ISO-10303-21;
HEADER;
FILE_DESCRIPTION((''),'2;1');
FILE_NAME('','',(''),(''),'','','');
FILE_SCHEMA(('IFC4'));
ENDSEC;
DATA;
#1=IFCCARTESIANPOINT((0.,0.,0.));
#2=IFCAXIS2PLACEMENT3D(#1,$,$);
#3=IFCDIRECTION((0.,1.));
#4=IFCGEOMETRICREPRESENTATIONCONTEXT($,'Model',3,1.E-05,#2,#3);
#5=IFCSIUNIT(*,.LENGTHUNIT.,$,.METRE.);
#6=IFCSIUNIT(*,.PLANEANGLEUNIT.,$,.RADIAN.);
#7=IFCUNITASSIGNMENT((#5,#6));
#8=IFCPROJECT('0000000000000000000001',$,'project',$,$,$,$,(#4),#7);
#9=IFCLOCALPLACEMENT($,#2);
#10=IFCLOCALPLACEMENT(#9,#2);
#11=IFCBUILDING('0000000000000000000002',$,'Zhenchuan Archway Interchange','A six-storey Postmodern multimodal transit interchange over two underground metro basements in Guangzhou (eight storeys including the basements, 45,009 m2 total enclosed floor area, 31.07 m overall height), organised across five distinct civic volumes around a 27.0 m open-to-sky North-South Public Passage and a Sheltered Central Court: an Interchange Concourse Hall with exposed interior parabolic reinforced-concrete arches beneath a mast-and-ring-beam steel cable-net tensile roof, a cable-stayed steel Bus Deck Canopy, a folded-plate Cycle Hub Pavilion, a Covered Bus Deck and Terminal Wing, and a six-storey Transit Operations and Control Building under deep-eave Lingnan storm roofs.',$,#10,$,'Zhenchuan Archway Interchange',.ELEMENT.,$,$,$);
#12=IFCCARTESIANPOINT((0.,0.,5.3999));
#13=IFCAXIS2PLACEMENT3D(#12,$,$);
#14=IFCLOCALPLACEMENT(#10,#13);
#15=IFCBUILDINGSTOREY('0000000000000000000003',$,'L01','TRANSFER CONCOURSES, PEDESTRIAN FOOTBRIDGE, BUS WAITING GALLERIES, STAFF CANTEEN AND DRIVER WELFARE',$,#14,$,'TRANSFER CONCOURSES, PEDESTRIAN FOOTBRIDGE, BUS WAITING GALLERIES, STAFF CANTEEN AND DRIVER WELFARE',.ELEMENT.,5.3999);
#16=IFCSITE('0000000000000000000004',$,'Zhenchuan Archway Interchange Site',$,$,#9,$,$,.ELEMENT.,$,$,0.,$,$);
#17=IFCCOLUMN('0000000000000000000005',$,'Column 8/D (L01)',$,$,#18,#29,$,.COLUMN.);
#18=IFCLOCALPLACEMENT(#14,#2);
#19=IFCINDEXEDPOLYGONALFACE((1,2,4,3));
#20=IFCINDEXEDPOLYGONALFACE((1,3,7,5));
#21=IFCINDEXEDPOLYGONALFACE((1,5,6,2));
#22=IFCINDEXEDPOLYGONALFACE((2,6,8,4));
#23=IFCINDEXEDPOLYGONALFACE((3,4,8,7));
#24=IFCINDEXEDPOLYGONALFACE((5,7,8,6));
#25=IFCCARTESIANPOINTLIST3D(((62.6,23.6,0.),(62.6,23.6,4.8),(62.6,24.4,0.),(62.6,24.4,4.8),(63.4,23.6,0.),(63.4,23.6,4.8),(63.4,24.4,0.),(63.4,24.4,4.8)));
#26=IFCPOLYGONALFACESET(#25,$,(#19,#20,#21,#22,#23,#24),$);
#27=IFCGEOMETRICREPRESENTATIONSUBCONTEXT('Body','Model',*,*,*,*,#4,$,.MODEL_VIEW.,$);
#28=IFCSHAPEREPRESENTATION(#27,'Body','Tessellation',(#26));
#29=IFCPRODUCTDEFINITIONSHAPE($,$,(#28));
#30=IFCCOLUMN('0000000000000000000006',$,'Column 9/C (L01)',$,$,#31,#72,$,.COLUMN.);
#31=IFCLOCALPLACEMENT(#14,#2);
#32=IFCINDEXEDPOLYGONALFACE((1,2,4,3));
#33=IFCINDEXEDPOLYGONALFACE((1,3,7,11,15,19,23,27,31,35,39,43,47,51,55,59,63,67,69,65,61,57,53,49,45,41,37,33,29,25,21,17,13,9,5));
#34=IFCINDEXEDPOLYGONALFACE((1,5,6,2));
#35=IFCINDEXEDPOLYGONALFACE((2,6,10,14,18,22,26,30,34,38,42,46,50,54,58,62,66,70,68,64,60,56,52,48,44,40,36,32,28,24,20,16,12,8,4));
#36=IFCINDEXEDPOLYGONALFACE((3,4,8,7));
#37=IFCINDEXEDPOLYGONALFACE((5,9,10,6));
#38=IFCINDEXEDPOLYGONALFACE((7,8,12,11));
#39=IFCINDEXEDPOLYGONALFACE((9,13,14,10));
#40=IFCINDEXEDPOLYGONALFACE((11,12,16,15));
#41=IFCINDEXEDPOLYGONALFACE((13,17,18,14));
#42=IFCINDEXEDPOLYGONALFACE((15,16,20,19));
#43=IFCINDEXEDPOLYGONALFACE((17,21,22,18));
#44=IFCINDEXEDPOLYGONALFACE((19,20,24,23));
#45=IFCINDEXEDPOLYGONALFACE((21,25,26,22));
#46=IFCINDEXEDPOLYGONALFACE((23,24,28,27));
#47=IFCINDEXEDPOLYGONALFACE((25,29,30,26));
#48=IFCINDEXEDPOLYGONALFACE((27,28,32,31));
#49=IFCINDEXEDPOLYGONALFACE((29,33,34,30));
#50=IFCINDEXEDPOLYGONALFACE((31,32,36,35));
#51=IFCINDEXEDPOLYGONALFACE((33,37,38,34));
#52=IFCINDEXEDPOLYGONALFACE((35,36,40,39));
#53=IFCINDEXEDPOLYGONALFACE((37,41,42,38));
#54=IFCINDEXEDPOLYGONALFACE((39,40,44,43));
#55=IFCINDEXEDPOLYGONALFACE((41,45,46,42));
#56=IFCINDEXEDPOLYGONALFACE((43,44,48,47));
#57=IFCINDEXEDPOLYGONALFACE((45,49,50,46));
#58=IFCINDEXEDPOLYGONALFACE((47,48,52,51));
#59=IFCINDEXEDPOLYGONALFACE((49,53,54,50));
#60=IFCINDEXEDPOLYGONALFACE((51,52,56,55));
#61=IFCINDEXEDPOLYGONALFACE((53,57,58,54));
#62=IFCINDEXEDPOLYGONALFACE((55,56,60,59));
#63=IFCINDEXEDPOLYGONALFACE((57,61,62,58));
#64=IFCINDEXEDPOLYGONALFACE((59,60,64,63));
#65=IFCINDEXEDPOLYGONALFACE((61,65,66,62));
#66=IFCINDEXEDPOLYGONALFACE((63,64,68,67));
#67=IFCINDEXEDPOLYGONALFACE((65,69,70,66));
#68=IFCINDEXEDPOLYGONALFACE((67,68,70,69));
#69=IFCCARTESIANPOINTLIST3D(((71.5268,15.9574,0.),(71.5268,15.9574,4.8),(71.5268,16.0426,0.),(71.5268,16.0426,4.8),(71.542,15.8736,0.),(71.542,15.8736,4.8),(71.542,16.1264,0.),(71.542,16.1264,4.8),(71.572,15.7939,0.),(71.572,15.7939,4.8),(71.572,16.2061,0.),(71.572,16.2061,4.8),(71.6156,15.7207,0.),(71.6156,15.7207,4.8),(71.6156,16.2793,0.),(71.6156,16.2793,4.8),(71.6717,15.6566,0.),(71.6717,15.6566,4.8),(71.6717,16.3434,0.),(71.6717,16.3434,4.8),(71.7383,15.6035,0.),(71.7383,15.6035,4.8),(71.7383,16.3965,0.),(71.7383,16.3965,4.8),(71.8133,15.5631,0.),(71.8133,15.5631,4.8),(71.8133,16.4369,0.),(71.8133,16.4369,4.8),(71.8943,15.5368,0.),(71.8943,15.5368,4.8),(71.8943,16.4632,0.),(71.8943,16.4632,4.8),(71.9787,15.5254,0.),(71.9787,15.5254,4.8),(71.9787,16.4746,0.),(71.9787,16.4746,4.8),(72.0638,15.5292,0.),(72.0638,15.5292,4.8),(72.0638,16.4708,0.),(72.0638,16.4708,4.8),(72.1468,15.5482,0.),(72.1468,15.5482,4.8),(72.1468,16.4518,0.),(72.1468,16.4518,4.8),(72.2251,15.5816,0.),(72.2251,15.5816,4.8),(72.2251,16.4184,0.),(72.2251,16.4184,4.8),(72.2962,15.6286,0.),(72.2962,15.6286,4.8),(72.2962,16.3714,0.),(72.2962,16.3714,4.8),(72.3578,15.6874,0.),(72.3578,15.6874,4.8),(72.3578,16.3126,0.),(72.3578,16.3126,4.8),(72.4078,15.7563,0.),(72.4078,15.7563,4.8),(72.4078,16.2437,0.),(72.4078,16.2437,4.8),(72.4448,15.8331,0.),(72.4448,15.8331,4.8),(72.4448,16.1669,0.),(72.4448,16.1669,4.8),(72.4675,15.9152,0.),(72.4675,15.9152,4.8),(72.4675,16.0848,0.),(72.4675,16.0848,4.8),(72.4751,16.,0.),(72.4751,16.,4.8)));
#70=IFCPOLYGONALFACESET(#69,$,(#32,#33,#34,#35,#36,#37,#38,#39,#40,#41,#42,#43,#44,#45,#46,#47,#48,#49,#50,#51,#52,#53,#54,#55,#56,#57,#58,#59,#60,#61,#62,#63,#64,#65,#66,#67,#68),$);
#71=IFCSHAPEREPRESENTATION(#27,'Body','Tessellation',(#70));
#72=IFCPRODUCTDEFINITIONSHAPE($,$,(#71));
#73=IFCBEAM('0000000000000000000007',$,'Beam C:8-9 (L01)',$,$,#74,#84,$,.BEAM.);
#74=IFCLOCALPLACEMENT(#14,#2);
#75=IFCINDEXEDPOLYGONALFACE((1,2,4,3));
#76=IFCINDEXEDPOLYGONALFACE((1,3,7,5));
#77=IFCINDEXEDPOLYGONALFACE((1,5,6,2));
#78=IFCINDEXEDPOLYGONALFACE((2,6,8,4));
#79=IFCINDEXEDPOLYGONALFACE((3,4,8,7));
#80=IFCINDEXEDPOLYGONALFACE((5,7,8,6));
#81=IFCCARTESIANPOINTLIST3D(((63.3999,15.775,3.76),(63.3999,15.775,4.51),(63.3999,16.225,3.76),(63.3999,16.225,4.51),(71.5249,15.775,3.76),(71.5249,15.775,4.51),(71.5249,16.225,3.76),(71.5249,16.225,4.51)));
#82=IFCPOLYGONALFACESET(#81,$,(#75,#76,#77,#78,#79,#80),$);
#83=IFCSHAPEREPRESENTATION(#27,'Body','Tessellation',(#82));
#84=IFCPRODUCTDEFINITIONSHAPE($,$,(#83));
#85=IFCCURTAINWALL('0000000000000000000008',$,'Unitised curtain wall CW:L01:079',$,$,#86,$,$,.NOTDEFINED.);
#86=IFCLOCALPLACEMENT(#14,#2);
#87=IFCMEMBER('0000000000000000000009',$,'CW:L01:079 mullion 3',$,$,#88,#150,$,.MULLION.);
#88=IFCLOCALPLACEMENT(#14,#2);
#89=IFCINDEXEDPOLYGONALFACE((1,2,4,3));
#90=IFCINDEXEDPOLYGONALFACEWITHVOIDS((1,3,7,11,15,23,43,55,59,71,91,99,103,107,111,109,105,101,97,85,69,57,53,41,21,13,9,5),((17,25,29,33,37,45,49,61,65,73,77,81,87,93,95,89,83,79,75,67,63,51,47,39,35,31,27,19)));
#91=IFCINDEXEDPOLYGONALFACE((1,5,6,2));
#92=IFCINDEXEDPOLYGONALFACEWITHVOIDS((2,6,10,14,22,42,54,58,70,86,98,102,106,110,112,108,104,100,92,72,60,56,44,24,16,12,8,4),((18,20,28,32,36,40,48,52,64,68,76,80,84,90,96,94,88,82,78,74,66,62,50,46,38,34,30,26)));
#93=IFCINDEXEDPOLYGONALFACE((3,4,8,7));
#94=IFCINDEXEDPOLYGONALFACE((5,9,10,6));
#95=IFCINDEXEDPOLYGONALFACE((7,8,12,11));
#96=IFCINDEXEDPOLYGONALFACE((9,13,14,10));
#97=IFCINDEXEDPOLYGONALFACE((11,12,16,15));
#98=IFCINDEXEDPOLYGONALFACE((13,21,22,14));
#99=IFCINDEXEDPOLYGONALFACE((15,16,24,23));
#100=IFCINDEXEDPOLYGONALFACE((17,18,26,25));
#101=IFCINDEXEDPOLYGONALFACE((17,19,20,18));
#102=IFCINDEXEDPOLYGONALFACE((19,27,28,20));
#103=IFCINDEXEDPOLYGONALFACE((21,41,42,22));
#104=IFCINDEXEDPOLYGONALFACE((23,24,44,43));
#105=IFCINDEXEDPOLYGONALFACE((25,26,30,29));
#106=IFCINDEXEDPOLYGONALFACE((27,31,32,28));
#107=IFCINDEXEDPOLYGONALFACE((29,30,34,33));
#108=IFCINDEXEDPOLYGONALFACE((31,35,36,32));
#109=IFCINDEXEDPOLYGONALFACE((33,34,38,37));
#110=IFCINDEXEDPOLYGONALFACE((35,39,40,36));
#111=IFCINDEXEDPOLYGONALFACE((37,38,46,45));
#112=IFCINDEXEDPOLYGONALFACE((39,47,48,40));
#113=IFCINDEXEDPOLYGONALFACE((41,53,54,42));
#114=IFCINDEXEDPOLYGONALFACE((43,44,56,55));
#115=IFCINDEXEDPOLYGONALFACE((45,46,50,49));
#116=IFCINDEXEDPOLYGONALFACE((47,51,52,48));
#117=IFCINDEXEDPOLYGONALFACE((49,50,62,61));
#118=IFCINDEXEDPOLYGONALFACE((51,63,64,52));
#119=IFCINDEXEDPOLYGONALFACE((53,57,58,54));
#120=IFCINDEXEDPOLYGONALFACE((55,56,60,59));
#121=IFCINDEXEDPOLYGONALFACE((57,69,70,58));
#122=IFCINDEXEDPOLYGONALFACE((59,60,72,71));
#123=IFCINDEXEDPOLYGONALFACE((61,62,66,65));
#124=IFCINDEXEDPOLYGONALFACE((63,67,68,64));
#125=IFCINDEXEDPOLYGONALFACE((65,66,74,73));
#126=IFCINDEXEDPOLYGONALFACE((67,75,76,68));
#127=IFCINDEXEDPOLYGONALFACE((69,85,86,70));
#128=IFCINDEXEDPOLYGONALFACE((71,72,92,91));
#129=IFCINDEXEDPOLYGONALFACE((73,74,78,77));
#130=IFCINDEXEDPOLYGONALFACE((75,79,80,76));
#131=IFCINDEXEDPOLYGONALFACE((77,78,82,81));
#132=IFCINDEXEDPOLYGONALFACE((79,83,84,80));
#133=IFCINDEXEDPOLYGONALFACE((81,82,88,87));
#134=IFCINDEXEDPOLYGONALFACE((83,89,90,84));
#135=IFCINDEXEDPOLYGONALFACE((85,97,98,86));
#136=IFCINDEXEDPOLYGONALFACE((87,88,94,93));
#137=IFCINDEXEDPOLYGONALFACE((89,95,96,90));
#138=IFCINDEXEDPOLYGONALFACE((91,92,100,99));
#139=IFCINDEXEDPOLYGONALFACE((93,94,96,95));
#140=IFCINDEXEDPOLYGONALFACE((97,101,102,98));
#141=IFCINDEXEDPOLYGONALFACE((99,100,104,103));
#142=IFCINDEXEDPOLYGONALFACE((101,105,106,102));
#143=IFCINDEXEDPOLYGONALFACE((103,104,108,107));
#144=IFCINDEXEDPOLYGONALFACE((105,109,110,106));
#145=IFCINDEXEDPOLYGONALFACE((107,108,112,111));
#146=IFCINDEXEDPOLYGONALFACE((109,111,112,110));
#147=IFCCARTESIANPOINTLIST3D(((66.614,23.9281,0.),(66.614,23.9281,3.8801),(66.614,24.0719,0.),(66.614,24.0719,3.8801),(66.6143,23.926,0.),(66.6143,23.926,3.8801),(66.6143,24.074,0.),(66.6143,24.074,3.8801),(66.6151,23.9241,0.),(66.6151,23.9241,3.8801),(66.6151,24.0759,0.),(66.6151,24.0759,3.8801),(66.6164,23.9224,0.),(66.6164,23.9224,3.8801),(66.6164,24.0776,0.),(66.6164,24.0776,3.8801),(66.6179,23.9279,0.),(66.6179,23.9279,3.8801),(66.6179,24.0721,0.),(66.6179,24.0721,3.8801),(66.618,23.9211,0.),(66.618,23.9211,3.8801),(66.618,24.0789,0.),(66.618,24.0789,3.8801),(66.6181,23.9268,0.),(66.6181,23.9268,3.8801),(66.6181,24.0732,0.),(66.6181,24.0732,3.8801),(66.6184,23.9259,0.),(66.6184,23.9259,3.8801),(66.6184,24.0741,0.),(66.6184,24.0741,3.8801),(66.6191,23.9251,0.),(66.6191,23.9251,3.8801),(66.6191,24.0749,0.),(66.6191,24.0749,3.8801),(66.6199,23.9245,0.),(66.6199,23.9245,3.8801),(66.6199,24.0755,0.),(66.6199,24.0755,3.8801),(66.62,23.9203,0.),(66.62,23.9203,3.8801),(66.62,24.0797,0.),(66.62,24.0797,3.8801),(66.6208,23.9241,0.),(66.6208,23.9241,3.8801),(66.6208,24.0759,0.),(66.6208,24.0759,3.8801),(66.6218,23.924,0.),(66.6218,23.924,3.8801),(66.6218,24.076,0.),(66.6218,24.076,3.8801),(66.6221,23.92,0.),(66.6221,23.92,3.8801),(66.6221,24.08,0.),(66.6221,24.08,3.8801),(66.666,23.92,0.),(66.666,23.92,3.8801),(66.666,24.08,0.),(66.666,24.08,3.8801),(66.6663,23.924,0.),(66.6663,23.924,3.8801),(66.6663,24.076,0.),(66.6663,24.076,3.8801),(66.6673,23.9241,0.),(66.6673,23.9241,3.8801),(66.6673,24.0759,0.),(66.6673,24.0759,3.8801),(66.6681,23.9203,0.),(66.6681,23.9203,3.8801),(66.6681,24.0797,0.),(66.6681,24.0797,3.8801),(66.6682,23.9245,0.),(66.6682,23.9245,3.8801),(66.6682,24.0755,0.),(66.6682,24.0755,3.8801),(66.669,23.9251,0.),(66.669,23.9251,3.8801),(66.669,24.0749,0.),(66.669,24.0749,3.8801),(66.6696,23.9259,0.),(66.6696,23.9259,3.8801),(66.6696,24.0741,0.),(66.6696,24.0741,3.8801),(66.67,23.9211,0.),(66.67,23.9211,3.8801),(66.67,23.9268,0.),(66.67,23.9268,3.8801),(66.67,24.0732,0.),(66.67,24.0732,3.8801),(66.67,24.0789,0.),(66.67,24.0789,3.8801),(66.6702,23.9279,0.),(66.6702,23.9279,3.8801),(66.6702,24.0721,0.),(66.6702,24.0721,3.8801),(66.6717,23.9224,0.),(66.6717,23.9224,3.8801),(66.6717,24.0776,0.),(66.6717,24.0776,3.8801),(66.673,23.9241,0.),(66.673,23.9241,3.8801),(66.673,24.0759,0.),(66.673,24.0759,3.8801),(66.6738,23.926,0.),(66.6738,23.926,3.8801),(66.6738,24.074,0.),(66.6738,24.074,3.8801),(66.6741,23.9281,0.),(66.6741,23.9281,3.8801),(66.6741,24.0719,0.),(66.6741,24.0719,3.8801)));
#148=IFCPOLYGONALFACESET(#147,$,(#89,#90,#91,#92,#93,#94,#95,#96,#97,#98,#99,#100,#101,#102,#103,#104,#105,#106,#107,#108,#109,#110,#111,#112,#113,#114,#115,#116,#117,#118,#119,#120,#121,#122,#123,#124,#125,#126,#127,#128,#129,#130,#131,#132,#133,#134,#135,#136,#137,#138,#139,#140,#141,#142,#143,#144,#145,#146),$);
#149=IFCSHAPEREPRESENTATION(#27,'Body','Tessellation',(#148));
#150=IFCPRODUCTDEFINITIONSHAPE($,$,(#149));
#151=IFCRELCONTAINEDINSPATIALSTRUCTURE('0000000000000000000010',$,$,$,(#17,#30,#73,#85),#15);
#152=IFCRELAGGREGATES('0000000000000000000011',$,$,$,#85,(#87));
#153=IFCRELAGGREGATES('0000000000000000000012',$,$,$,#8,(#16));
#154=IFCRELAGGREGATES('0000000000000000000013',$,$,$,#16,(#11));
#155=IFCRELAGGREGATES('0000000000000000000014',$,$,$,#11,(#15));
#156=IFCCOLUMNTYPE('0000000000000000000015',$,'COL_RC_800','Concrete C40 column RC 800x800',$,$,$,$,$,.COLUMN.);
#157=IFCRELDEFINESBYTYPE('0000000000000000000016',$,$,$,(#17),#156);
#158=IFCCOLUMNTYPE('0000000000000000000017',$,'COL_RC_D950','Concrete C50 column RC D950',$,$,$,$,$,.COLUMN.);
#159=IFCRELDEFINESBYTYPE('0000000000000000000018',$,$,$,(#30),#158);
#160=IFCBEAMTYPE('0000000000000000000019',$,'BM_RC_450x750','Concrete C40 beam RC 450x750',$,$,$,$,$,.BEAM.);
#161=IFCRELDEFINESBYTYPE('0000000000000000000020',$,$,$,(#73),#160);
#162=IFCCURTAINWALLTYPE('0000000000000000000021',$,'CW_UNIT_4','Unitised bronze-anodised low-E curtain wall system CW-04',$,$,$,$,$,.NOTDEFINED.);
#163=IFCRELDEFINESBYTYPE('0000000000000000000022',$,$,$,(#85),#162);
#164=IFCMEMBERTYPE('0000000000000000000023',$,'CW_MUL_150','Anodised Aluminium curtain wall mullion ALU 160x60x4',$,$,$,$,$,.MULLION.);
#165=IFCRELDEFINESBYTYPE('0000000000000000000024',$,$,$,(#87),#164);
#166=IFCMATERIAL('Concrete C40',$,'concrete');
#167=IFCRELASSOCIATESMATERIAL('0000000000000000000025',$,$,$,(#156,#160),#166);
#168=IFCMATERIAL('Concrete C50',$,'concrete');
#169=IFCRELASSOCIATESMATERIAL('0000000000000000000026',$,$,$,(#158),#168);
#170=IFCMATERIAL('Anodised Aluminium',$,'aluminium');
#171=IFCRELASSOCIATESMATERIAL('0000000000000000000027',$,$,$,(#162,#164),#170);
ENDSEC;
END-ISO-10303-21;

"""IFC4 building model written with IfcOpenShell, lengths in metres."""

from ifc_helpers import new_model, si_unit, direction, frame, origin, origin_2d, place, context, subcontext, project, spatial, rectangle, hollow_rectangle, circle, extrude, material, material_profile, profile_set, type_object, element, aggregate, save


model = new_model("IFC4")

# Units and contexts
model_context = context("Model", 3, precision=1e-05, world=origin(), true_north=direction((0.0, 1.0)))
body_context = subcontext(model_context, "Body", "Model", "MODEL_VIEW")
ifc_project = project(units=[si_unit("LENGTHUNIT", "METRE"), si_unit("PLANEANGLEUNIT", "RADIAN")], contexts=[model_context])

# Site, building, storey
site_placement = place(None, origin())
site = spatial("IfcSite", under=ifc_project, at=site_placement, Name="Zhenchuan Archway Interchange Site", CompositionType="ELEMENT", RefElevation=0.0)
building_placement = place(site_placement, origin())
building = spatial("IfcBuilding", under=site, at=building_placement, Name="Zhenchuan Archway Interchange", Description="A six-storey Postmodern multimodal transit interchange over two underground metro basements in Guangzhou (eight storeys including the basements, 45,009 m2 total enclosed floor area, 31.07 m overall height), organised across five distinct civic volumes around a 27.0 m open-to-sky North-South Public Passage and a Sheltered Central Court: an Interchange Concourse Hall with exposed interior parabolic reinforced-concrete arches beneath a mast-and-ring-beam steel cable-net tensile roof, a cable-stayed steel Bus Deck Canopy, a folded-plate Cycle Hub Pavilion, a Covered Bus Deck and Terminal Wing, and a six-storey Transit Operations and Control Building under deep-eave Lingnan storm roofs.", LongName="Zhenchuan Archway Interchange", CompositionType="ELEMENT")
storey_placement = place(building_placement, frame((0.0, 0.0, 5.3999)))
storey = spatial("IfcBuildingStorey", under=building, at=storey_placement, Name="L01", Description="TRANSFER CONCOURSES, PEDESTRIAN FOOTBRIDGE, BUS WAITING GALLERIES, STAFF CANTEEN AND DRIVER WELFARE", LongName="TRANSFER CONCOURSES, PEDESTRIAN FOOTBRIDGE, BUS WAITING GALLERIES, STAFF CANTEEN AND DRIVER WELFARE", CompositionType="ELEMENT", Elevation=5.3999)

# Columns
ifc_material_1 = material(Name="Concrete C40", Category="concrete")
ifc_material_profile_1 = material_profile(ifc_material_1, rectangle(XDim=0.8, YDim=0.8, at=origin_2d()), Name="RC 800x800")
ifc_profile_set_1 = profile_set([ifc_material_profile_1], Name="Concrete C40")
column_type_1 = type_object("IfcColumnType", Name="COL_RC_800", Description="Concrete C40 column RC 800x800", PredefinedType="COLUMN", material=ifc_profile_set_1)
column_1_placement = place(storey_placement, frame((63.0, 24.0, 0.0), z_axis=(0.0, 0.0, 1.0), x_axis=(1.0, 0.0, 0.0)))
element("IfcColumn", 1, at=column_1_placement, inside=storey, type_object=column_type_1, Name="Column 8/D (L01)", PredefinedType="COLUMN", context=body_context, shape_type="SweptSolid", body=[
    extrude(rectangle(XDim=0.8, YDim=0.8, at=origin_2d()), origin(), (0.0, 0.0, 1.0), 4.8),
])
ifc_material_2 = material(Name="Concrete C50", Category="concrete")
ifc_material_profile_2 = material_profile(ifc_material_2, circle(Radius=0.4751, at=origin_2d()), Name="RC D950")
ifc_profile_set_2 = profile_set([ifc_material_profile_2], Name="Concrete C50")
column_type_2 = type_object("IfcColumnType", Name="COL_RC_D950", Description="Concrete C50 column RC D950", PredefinedType="COLUMN", material=ifc_profile_set_2)
column_2_placement = place(storey_placement, frame((72.0, 16.0, 0.0), z_axis=(0.0, 0.0, 1.0), x_axis=(1.0, 0.0, 0.0)))
element("IfcColumn", 2, at=column_2_placement, inside=storey, type_object=column_type_2, Name="Column 9/C (L01)", PredefinedType="COLUMN", context=body_context, shape_type="SweptSolid", body=[
    extrude(circle(Radius=0.4751, at=origin_2d()), origin(), (0.0, 0.0, 1.0), 4.8),
])

# Beam
ifc_material_profile_3 = material_profile(ifc_material_1, rectangle(XDim=0.45, YDim=0.75, at=origin_2d()), Name="RC 450x750")
ifc_profile_set_3 = profile_set([ifc_material_profile_3], Name="Concrete C40")
beam_type_1 = type_object("IfcBeamType", Name="BM_RC_450x750", Description="Concrete C40 beam RC 450x750", PredefinedType="BEAM", material=ifc_profile_set_3)
beam_1_placement = place(storey_placement, frame((63.3999, 16.0, 4.135), z_axis=(1.0, 0.0, 0.0), x_axis=(0.0, 1.0, 0.0)))
element("IfcBeam", 3, at=beam_1_placement, inside=storey, type_object=beam_type_1, Name="Beam C:8-9 (L01)", PredefinedType="BEAM", context=body_context, shape_type="SweptSolid", body=[
    extrude(rectangle(XDim=0.45, YDim=0.75, at=origin_2d()), origin(), (0.0, 0.0, 1.0), 8.125),
])

# Curtain wall, member
ifc_material_3 = material(Name="Anodised Aluminium", Category="aluminium")
curtain_wall_type = type_object("IfcCurtainWallType", Name="CW_UNIT_4", Description="Unitised bronze-anodised low-E curtain wall system CW-04", PredefinedType="NOTDEFINED", material=ifc_material_3)
curtain_wall_placement = place(storey_placement, origin())
curtain_wall = element("IfcCurtainWall", 4, at=curtain_wall_placement, inside=storey, type_object=curtain_wall_type, Name="Unitised curtain wall CW:L01:079", PredefinedType="NOTDEFINED")
ifc_material_profile_4 = material_profile(ifc_material_3, hollow_rectangle(XDim=0.0601, YDim=0.1599, WallThickness=0.0039, InnerFilletRadius=0.0039, OuterFilletRadius=0.0081, at=origin_2d()), Name="ALU 160x60x4")
ifc_profile_set_4 = profile_set([ifc_material_profile_4], Name="Anodised Aluminium")
member_type_1 = type_object("IfcMemberType", Name="CW_MUL_150", Description="Anodised Aluminium curtain wall mullion ALU 160x60x4", PredefinedType="MULLION", material=ifc_profile_set_4)
member_1_placement = place(storey_placement, frame((66.644, 24.0, 0.0), z_axis=(0.0, 0.0, 1.0), x_axis=(1.0, 0.0, 0.0)))
member_1 = element("IfcMember", 5, at=member_1_placement, type_object=member_type_1, Name="CW:L01:079 mullion 3", PredefinedType="MULLION", context=body_context, shape_type="SweptSolid", body=[
    extrude(hollow_rectangle(XDim=0.0601, YDim=0.1599, WallThickness=0.0039, InnerFilletRadius=0.0039, OuterFilletRadius=0.0081, at=origin_2d()), origin(), (0.0, 0.0, 1.0), 3.8801),
])

aggregate(curtain_wall, [member_1])

save(model, "model.ifc")
